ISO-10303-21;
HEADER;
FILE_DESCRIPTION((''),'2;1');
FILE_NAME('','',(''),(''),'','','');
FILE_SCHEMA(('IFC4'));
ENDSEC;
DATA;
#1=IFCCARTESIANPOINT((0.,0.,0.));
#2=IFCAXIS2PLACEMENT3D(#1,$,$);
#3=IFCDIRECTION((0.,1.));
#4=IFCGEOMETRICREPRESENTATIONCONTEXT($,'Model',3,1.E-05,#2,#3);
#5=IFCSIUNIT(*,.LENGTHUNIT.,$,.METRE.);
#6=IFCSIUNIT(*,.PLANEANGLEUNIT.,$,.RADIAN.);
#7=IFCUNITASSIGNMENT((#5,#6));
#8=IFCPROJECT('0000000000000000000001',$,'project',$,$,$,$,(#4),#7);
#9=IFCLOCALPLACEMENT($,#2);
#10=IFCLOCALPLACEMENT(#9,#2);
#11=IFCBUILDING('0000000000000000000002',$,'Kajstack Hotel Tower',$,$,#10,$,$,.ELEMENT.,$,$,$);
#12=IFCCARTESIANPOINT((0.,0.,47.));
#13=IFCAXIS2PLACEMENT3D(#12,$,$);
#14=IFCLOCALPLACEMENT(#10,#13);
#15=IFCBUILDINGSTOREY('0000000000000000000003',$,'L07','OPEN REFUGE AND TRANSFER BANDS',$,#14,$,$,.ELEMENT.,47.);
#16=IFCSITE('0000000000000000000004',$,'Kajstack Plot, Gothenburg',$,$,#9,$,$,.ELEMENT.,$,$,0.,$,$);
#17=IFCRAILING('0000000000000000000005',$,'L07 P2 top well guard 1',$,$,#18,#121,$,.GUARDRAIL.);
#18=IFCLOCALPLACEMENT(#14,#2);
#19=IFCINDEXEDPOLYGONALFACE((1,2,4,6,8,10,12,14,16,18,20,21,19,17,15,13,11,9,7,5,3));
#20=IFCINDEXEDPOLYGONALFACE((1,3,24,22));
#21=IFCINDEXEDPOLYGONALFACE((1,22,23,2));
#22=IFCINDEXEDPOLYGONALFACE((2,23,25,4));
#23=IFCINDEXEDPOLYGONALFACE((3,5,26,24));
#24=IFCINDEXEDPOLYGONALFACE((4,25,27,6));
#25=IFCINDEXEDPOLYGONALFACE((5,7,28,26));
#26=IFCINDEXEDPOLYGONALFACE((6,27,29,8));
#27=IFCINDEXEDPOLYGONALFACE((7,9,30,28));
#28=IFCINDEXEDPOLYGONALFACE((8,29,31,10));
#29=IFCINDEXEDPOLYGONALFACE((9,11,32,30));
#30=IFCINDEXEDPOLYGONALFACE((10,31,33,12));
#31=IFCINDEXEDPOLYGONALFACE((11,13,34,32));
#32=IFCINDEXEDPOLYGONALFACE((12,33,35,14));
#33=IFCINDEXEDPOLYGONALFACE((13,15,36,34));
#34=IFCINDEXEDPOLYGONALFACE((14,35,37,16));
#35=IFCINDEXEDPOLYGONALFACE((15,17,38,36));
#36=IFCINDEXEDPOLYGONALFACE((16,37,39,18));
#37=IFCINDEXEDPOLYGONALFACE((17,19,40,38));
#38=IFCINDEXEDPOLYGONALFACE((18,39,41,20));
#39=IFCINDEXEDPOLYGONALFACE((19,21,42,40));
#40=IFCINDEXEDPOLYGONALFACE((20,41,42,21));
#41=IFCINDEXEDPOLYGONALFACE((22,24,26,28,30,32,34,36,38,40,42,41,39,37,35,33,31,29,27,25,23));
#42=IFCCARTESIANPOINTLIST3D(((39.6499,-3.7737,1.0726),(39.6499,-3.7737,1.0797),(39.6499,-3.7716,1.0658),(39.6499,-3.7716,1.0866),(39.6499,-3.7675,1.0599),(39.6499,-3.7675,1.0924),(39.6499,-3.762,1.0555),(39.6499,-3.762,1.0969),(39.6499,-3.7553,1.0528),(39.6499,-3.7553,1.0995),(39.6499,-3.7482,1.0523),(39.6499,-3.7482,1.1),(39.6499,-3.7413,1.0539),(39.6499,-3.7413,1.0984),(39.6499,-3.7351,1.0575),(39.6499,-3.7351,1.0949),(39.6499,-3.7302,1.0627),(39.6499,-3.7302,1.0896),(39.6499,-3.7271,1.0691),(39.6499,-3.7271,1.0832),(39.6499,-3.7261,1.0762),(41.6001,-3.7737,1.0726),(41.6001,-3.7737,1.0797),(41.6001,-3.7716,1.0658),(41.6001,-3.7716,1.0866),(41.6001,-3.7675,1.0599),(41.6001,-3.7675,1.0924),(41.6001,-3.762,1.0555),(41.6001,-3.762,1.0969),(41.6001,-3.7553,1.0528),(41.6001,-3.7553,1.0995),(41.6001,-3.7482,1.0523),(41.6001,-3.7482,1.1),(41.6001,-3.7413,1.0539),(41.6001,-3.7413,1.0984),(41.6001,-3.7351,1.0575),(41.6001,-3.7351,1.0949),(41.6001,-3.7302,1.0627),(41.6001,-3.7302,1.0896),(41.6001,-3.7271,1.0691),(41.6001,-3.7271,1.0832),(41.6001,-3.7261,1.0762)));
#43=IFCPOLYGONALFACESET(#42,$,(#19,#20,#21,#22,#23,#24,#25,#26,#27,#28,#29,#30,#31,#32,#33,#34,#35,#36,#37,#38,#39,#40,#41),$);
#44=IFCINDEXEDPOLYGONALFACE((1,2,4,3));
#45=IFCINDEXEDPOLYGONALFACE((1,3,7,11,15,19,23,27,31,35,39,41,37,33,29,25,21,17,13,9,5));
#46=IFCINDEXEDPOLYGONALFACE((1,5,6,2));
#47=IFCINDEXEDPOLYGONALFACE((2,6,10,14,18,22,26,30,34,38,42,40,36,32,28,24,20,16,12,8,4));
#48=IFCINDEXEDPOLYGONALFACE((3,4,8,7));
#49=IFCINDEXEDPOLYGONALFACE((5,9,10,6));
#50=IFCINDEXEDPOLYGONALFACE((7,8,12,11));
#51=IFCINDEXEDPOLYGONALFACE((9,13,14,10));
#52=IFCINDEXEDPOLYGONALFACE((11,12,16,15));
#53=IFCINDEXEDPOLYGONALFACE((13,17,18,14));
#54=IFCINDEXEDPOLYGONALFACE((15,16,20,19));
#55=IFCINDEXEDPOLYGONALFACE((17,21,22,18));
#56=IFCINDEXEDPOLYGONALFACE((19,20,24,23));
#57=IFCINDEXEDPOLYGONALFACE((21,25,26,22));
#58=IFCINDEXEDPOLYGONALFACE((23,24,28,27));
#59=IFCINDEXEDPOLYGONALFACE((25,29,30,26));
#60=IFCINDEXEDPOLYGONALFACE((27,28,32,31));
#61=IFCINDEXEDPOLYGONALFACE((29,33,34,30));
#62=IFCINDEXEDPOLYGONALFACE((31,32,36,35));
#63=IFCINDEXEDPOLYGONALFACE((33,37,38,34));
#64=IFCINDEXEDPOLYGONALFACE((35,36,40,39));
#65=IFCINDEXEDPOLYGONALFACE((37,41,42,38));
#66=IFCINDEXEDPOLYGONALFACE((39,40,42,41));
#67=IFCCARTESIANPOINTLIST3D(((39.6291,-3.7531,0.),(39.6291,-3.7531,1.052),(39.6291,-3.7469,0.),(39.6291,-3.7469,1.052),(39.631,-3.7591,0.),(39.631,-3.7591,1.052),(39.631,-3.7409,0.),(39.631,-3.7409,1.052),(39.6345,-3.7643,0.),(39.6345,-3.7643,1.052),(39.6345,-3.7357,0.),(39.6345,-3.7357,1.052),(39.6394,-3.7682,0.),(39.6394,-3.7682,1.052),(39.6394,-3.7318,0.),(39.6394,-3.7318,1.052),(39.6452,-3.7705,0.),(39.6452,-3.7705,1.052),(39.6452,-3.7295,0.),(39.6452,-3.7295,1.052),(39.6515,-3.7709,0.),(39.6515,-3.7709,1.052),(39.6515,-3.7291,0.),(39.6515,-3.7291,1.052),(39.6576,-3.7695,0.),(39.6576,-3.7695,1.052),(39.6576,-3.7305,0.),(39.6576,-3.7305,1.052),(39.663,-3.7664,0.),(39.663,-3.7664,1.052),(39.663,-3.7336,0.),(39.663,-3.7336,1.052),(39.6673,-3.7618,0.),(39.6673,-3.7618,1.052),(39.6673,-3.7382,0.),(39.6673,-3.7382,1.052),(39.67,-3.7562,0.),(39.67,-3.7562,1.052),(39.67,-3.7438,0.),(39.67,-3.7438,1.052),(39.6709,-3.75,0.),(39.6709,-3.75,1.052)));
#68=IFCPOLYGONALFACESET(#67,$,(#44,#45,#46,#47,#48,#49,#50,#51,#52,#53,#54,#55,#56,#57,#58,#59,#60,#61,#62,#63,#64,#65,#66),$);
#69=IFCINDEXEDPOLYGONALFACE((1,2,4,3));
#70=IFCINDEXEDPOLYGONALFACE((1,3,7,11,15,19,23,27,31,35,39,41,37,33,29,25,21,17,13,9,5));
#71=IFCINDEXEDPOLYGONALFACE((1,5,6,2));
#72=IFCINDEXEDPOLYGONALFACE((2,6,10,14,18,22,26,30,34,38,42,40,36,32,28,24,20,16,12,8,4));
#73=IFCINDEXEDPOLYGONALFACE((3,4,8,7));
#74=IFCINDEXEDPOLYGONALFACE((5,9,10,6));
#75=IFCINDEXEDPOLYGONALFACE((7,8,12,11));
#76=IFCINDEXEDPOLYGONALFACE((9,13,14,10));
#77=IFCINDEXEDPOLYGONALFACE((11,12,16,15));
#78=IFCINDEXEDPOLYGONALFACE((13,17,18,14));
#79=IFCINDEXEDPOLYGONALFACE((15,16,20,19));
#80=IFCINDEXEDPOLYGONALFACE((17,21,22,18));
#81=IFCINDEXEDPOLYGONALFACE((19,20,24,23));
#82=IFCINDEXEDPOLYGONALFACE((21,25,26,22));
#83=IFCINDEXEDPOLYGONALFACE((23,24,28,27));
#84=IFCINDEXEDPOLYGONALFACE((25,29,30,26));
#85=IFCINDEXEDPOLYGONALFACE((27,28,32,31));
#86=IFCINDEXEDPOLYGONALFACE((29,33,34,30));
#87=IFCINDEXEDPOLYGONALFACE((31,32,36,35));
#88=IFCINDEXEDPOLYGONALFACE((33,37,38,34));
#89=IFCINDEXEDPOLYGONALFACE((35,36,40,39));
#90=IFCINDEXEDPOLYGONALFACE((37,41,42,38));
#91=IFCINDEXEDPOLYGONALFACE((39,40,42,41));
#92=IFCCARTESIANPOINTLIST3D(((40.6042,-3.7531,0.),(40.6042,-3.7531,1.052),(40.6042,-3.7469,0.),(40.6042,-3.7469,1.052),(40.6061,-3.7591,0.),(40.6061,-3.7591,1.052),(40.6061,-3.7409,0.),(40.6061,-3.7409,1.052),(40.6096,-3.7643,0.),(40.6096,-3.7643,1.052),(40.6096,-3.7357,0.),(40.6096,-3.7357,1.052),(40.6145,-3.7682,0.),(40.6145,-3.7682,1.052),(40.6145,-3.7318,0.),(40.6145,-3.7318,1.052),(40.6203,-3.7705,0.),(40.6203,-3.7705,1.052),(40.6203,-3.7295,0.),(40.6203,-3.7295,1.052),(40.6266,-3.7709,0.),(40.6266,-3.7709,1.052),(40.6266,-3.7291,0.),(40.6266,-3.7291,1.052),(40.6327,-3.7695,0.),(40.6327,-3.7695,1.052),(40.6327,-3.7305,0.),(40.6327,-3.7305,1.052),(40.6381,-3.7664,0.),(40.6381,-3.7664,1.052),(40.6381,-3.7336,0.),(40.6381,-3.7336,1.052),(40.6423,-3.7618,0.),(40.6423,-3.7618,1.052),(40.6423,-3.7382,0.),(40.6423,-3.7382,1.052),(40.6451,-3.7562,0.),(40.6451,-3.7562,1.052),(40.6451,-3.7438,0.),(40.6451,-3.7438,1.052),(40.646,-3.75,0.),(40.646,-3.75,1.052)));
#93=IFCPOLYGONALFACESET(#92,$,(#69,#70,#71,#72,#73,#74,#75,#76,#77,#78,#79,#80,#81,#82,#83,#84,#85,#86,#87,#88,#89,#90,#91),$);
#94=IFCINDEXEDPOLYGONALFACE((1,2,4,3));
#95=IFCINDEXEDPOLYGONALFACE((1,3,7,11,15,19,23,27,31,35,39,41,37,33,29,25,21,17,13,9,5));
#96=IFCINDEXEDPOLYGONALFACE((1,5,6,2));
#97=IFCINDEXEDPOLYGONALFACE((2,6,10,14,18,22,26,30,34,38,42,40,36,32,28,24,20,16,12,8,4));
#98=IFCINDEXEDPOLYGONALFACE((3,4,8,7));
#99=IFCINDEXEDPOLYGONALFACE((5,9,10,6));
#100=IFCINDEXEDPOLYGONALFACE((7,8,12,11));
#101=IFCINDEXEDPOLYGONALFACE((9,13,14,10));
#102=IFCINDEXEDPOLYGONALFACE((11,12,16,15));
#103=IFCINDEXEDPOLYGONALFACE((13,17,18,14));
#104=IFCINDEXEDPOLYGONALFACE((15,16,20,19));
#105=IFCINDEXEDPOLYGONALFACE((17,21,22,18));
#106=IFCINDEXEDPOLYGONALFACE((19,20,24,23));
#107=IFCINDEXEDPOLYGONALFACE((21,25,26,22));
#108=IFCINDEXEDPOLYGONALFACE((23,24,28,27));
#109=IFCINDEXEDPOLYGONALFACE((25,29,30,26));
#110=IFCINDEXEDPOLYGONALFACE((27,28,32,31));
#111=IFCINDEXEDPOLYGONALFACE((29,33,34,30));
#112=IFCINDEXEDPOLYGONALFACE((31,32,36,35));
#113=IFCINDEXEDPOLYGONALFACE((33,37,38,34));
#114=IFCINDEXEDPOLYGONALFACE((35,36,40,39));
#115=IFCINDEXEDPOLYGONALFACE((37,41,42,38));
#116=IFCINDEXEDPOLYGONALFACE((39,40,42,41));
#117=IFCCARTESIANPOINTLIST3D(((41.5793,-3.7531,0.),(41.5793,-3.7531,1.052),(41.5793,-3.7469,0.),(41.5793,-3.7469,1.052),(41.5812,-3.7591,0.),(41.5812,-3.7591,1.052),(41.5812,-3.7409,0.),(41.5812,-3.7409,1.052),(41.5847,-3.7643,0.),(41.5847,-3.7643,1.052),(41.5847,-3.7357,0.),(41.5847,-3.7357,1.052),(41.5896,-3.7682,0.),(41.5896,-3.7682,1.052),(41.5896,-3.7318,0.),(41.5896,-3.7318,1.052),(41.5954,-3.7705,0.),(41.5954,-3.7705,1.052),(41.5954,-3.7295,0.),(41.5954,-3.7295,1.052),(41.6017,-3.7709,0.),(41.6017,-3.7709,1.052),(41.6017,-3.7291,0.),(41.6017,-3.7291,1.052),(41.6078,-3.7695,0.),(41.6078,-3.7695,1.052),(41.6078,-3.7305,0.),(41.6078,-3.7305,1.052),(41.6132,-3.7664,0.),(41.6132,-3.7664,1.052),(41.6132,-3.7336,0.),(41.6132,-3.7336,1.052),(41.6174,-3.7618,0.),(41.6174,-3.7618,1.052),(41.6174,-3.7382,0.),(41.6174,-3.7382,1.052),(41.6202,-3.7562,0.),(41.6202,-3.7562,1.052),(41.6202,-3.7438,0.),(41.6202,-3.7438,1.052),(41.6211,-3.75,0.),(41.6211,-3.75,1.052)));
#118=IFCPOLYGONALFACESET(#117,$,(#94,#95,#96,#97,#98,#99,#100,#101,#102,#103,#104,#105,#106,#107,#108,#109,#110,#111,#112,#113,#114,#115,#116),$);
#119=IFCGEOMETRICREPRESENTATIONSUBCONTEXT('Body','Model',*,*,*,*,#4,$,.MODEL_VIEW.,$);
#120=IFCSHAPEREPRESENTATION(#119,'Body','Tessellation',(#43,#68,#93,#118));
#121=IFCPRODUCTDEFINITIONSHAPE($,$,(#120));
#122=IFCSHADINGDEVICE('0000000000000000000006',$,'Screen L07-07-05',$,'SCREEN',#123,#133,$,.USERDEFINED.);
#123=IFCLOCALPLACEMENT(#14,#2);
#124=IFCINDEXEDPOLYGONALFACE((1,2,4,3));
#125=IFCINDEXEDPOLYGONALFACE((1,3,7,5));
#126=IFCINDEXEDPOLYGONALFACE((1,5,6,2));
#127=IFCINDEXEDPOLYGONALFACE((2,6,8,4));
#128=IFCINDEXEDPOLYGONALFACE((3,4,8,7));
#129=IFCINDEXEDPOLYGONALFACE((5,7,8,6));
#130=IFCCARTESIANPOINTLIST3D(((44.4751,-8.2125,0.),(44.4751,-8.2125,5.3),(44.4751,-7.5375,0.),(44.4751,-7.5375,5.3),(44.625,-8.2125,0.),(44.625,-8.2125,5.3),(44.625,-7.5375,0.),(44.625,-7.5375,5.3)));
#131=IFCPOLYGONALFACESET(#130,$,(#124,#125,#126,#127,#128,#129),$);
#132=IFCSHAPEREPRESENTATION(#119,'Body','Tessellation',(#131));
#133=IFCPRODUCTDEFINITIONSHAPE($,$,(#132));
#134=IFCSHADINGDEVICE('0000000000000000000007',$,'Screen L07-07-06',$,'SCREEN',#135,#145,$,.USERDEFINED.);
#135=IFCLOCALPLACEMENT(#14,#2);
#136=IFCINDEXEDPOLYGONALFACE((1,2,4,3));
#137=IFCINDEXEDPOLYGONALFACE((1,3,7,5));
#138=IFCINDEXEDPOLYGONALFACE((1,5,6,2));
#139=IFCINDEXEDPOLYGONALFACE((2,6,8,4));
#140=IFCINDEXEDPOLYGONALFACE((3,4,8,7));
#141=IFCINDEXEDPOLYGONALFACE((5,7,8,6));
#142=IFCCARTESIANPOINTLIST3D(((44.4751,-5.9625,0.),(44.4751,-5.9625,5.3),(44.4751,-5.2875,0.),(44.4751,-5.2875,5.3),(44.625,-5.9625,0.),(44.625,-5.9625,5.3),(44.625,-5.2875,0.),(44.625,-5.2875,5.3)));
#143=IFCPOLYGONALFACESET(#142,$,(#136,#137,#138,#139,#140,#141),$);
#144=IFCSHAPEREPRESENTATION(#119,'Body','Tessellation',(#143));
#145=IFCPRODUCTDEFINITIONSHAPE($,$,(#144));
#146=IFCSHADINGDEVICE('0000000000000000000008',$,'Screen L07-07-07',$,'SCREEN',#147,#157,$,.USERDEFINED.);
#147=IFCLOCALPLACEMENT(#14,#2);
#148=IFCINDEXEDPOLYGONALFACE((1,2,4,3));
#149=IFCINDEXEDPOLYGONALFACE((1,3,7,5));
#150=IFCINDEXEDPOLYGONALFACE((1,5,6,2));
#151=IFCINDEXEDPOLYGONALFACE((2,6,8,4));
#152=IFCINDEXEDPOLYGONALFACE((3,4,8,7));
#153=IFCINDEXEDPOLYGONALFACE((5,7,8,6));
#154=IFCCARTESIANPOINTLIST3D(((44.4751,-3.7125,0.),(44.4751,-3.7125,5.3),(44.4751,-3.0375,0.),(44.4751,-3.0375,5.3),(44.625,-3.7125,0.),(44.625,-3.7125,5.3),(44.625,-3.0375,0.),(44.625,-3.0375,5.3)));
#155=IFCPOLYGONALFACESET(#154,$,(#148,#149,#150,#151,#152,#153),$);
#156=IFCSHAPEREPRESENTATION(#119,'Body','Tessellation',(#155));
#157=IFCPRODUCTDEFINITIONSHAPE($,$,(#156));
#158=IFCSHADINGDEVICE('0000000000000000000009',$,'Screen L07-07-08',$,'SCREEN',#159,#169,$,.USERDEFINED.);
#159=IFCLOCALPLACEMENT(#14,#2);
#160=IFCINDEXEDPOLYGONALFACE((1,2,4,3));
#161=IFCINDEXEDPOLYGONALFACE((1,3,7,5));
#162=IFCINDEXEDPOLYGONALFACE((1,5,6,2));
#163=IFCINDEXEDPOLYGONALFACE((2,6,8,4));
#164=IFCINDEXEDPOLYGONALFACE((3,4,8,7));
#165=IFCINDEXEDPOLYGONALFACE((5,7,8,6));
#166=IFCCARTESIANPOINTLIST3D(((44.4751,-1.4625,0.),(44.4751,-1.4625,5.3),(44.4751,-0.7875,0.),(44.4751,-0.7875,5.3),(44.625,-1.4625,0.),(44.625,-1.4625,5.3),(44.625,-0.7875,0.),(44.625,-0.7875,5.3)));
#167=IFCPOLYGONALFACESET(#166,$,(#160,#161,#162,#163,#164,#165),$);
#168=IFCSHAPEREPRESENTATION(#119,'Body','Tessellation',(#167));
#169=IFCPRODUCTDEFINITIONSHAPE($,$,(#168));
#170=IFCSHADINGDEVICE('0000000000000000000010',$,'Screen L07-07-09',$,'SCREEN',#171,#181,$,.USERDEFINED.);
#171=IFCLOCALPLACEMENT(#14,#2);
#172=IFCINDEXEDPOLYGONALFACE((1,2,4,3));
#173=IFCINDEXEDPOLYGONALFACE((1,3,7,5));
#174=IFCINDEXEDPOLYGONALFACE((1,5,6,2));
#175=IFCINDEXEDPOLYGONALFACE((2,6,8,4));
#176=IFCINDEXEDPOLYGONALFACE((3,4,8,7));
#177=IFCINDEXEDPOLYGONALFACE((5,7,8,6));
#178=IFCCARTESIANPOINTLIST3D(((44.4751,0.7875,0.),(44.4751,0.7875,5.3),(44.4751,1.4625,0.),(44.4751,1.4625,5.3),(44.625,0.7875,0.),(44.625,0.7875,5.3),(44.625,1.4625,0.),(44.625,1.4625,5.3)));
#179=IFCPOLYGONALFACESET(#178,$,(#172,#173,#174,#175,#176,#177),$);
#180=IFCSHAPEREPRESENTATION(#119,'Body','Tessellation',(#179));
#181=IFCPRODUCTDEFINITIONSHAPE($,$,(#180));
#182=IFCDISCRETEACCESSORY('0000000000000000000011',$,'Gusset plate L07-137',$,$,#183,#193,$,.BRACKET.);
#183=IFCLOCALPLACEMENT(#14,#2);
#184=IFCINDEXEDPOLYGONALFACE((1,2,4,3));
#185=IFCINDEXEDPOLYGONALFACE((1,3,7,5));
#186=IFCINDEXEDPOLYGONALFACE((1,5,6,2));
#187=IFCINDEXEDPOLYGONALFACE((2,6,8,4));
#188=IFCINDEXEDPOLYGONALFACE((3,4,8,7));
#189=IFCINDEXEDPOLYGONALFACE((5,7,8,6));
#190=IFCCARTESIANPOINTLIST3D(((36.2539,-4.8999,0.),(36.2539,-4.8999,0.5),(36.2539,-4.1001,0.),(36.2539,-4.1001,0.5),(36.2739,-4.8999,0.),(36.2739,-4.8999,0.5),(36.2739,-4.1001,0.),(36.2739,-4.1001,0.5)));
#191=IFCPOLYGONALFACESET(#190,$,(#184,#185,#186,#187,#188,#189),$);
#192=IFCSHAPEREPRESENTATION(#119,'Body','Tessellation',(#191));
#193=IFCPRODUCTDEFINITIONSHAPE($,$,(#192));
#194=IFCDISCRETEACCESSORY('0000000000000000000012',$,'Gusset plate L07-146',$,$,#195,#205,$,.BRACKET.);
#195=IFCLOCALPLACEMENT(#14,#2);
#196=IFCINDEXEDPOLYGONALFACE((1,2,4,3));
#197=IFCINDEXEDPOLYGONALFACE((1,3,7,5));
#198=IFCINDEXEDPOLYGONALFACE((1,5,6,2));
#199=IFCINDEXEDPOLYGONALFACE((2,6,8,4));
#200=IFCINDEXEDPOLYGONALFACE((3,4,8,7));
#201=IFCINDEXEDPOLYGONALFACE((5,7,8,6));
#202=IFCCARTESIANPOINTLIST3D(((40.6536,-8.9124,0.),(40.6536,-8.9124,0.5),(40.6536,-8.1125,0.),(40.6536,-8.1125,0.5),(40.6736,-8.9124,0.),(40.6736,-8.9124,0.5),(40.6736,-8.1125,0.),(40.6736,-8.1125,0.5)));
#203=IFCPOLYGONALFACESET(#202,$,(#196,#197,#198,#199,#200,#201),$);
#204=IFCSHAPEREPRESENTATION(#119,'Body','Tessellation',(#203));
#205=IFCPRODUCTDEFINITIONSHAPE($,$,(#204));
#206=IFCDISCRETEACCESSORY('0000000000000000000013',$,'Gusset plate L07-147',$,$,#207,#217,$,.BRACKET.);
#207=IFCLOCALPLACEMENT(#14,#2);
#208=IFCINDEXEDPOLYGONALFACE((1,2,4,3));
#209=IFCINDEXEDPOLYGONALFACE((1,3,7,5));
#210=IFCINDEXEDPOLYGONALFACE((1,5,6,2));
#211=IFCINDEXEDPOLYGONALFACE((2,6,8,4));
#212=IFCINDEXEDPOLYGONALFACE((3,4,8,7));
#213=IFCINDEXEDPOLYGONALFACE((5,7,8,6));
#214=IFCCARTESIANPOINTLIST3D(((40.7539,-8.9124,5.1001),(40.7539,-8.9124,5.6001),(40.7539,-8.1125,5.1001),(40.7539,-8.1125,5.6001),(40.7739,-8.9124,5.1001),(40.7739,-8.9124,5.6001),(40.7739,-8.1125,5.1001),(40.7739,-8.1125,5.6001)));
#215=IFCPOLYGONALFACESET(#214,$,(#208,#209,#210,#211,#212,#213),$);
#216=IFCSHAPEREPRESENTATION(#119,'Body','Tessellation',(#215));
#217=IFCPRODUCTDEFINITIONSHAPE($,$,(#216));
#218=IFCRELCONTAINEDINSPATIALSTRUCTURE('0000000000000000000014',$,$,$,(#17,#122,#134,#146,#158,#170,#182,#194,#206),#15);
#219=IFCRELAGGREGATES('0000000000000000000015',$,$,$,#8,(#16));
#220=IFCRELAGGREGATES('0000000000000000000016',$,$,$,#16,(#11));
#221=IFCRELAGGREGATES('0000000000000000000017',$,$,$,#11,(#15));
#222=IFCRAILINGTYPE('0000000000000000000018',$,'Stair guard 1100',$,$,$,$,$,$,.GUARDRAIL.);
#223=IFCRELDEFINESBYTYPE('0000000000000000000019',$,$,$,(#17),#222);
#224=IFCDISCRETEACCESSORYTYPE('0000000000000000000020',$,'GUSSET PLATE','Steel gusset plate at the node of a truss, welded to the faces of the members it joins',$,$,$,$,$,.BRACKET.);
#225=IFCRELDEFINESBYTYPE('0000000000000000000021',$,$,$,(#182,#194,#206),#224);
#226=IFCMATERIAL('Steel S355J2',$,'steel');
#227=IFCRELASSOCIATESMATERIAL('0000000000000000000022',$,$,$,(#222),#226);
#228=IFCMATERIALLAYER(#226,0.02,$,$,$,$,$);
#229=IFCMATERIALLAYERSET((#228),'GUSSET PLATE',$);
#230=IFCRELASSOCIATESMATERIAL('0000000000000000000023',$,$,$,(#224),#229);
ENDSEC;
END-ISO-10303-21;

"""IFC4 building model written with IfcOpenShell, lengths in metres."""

from ifc_helpers import new_model, si_unit, direction, frame, origin, origin_2d, place, context, subcontext, project, spatial, polyline, rectangle, circle, outline, extrude, material, layer, layer_set, type_object, element, save


model = new_model("IFC4")

# Units and contexts
model_context = context("Model", 3, precision=1e-05, world=origin(), true_north=direction((0.0, 1.0)))
body_context = subcontext(model_context, "Body", "Model", "MODEL_VIEW")
ifc_project = project(units=[si_unit("LENGTHUNIT", "METRE"), si_unit("PLANEANGLEUNIT", "RADIAN")], contexts=[model_context])

# Site, building, storey
site_placement = place(None, origin())
site = spatial("IfcSite", under=ifc_project, at=site_placement, Name="Kajstack Plot, Gothenburg", CompositionType="ELEMENT", RefElevation=0.0)
building_placement = place(site_placement, origin())
building = spatial("IfcBuilding", under=site, at=building_placement, Name="Kajstack Hotel Tower", CompositionType="ELEMENT")
storey_placement = place(building_placement, frame((0.0, 0.0, 47.0)))
storey = spatial("IfcBuildingStorey", under=building, at=storey_placement, Name="L07", Description="OPEN REFUGE AND TRANSFER BANDS", CompositionType="ELEMENT", Elevation=47.0)

# Shared definitions
ifc_material_1 = material(Name="Steel S355J2", Category="steel")

# Railing
railing_type = type_object("IfcRailingType", Name="Stair guard 1100", PredefinedType="GUARDRAIL", material=ifc_material_1)
railing_placement = place(storey_placement, frame((39.6499, -3.75, 0.0)))
element("IfcRailing", 1, at=railing_placement, inside=storey, type_object=railing_type, Name="L07 P2 top well guard 1", PredefinedType="GUARDRAIL", context=body_context, shape_type="SweptSolid", body=[
    extrude(circle(Radius=0.0239, at=origin_2d()), frame((0.0, 0.0, 1.0762), z_axis=(1.0, 0.0, 0.0), x_axis=(0.0, 1.0, 0.0)), (0.0, 0.0, 1.0), 1.9502),
    extrude(circle(Radius=0.021, at=origin_2d()), origin(), (0.0, 0.0, 1.0), 1.052),
    extrude(circle(Radius=0.021, at=origin_2d()), frame((0.9751, 0.0, 0.0)), (0.0, 0.0, 1.0), 1.052),
    extrude(circle(Radius=0.021, at=origin_2d()), frame((1.9502, 0.0, 0.0)), (0.0, 0.0, 1.0), 1.052),
])

# Shading devices
for number, where, z_axis, x_axis, name in (
    (2, (44.55, -7.875, 0.0), (0.0, 0.0, 1.0), (0.0, 1.0, 0.0), "Screen L07-07-05"),
    (3, (44.55, -5.625, 0.0), (0.0, 0.0, 1.0), (0.0, 1.0, 0.0), "Screen L07-07-06"),
    (4, (44.55, -3.375, 0.0), (0.0, 0.0, 1.0), (0.0, 1.0, 0.0), "Screen L07-07-07"),
    (5, (44.55, -1.125, 0.0), (0.0, 0.0, 1.0), (0.0, 1.0, 0.0), "Screen L07-07-08"),
    (6, (44.55, 1.125, 0.0), (0.0, 0.0, 1.0), (0.0, 1.0, 0.0), "Screen L07-07-09"),
):
    element("IfcShadingDevice", number, at=place(storey_placement, frame(where, z_axis=z_axis, x_axis=x_axis)), inside=storey, Name=name, ObjectType="SCREEN", PredefinedType="USERDEFINED", context=body_context, shape_type="SweptSolid", body=[
        extrude(rectangle(XDim=0.675, YDim=0.1499, at=origin_2d()), origin(), (0.0, 0.0, 1.0), 5.3),
    ])

# Discrete accessories
ifc_layer_1 = layer(ifc_material_1, 0.02)
ifc_layer_set_1 = layer_set([ifc_layer_1], Name="GUSSET PLATE")
discrete_accessory_type = type_object("IfcDiscreteAccessoryType", Name="GUSSET PLATE", Description="Steel gusset plate at the node of a truss, welded to the faces of the members it joins", PredefinedType="BRACKET", material=ifc_layer_set_1)
discrete_accessory_1_placement = place(storey_placement, frame((36.2539, -4.5, 0.0), z_axis=(1.0, 0.0, 0.0), x_axis=(0.0, 1.0, 0.0)))
element("IfcDiscreteAccessory", 7, at=discrete_accessory_1_placement, inside=storey, type_object=discrete_accessory_type, Name="Gusset plate L07-137", PredefinedType="BRACKET", context=body_context, shape_type="SweptSolid", body=[
    extrude(outline(polyline([(-0.3999, 0.0), (0.3999, 0.0), (0.3999, 0.5), (-0.3999, 0.5), (-0.3999, 0.0)])), origin(), (0.0, 0.0, 1.0), 0.02),
])
for number, where, z_axis, x_axis, name in (
    (8, (40.6536, -8.5125, 0.0), (1.0, 0.0, 0.0), (0.0, 1.0, 0.0), "Gusset plate L07-146"),
    (9, (40.7539, -8.5125, 5.1001), (1.0, 0.0, 0.0), (0.0, 1.0, 0.0), "Gusset plate L07-147"),
):
    element("IfcDiscreteAccessory", number, at=place(storey_placement, frame(where, z_axis=z_axis, x_axis=x_axis)), inside=storey, type_object=discrete_accessory_type, Name=name, PredefinedType="BRACKET", context=body_context, shape_type="SweptSolid", body=[
        extrude(outline(polyline([(-0.3999, 0.0), (0.3999, 0.0), (0.3999, 0.5), (-0.3999, 0.5), (-0.3999, 0.0)])), origin(), (0.0, 0.0, 1.0), 0.02),
    ])

save(model, "model.ifc")
